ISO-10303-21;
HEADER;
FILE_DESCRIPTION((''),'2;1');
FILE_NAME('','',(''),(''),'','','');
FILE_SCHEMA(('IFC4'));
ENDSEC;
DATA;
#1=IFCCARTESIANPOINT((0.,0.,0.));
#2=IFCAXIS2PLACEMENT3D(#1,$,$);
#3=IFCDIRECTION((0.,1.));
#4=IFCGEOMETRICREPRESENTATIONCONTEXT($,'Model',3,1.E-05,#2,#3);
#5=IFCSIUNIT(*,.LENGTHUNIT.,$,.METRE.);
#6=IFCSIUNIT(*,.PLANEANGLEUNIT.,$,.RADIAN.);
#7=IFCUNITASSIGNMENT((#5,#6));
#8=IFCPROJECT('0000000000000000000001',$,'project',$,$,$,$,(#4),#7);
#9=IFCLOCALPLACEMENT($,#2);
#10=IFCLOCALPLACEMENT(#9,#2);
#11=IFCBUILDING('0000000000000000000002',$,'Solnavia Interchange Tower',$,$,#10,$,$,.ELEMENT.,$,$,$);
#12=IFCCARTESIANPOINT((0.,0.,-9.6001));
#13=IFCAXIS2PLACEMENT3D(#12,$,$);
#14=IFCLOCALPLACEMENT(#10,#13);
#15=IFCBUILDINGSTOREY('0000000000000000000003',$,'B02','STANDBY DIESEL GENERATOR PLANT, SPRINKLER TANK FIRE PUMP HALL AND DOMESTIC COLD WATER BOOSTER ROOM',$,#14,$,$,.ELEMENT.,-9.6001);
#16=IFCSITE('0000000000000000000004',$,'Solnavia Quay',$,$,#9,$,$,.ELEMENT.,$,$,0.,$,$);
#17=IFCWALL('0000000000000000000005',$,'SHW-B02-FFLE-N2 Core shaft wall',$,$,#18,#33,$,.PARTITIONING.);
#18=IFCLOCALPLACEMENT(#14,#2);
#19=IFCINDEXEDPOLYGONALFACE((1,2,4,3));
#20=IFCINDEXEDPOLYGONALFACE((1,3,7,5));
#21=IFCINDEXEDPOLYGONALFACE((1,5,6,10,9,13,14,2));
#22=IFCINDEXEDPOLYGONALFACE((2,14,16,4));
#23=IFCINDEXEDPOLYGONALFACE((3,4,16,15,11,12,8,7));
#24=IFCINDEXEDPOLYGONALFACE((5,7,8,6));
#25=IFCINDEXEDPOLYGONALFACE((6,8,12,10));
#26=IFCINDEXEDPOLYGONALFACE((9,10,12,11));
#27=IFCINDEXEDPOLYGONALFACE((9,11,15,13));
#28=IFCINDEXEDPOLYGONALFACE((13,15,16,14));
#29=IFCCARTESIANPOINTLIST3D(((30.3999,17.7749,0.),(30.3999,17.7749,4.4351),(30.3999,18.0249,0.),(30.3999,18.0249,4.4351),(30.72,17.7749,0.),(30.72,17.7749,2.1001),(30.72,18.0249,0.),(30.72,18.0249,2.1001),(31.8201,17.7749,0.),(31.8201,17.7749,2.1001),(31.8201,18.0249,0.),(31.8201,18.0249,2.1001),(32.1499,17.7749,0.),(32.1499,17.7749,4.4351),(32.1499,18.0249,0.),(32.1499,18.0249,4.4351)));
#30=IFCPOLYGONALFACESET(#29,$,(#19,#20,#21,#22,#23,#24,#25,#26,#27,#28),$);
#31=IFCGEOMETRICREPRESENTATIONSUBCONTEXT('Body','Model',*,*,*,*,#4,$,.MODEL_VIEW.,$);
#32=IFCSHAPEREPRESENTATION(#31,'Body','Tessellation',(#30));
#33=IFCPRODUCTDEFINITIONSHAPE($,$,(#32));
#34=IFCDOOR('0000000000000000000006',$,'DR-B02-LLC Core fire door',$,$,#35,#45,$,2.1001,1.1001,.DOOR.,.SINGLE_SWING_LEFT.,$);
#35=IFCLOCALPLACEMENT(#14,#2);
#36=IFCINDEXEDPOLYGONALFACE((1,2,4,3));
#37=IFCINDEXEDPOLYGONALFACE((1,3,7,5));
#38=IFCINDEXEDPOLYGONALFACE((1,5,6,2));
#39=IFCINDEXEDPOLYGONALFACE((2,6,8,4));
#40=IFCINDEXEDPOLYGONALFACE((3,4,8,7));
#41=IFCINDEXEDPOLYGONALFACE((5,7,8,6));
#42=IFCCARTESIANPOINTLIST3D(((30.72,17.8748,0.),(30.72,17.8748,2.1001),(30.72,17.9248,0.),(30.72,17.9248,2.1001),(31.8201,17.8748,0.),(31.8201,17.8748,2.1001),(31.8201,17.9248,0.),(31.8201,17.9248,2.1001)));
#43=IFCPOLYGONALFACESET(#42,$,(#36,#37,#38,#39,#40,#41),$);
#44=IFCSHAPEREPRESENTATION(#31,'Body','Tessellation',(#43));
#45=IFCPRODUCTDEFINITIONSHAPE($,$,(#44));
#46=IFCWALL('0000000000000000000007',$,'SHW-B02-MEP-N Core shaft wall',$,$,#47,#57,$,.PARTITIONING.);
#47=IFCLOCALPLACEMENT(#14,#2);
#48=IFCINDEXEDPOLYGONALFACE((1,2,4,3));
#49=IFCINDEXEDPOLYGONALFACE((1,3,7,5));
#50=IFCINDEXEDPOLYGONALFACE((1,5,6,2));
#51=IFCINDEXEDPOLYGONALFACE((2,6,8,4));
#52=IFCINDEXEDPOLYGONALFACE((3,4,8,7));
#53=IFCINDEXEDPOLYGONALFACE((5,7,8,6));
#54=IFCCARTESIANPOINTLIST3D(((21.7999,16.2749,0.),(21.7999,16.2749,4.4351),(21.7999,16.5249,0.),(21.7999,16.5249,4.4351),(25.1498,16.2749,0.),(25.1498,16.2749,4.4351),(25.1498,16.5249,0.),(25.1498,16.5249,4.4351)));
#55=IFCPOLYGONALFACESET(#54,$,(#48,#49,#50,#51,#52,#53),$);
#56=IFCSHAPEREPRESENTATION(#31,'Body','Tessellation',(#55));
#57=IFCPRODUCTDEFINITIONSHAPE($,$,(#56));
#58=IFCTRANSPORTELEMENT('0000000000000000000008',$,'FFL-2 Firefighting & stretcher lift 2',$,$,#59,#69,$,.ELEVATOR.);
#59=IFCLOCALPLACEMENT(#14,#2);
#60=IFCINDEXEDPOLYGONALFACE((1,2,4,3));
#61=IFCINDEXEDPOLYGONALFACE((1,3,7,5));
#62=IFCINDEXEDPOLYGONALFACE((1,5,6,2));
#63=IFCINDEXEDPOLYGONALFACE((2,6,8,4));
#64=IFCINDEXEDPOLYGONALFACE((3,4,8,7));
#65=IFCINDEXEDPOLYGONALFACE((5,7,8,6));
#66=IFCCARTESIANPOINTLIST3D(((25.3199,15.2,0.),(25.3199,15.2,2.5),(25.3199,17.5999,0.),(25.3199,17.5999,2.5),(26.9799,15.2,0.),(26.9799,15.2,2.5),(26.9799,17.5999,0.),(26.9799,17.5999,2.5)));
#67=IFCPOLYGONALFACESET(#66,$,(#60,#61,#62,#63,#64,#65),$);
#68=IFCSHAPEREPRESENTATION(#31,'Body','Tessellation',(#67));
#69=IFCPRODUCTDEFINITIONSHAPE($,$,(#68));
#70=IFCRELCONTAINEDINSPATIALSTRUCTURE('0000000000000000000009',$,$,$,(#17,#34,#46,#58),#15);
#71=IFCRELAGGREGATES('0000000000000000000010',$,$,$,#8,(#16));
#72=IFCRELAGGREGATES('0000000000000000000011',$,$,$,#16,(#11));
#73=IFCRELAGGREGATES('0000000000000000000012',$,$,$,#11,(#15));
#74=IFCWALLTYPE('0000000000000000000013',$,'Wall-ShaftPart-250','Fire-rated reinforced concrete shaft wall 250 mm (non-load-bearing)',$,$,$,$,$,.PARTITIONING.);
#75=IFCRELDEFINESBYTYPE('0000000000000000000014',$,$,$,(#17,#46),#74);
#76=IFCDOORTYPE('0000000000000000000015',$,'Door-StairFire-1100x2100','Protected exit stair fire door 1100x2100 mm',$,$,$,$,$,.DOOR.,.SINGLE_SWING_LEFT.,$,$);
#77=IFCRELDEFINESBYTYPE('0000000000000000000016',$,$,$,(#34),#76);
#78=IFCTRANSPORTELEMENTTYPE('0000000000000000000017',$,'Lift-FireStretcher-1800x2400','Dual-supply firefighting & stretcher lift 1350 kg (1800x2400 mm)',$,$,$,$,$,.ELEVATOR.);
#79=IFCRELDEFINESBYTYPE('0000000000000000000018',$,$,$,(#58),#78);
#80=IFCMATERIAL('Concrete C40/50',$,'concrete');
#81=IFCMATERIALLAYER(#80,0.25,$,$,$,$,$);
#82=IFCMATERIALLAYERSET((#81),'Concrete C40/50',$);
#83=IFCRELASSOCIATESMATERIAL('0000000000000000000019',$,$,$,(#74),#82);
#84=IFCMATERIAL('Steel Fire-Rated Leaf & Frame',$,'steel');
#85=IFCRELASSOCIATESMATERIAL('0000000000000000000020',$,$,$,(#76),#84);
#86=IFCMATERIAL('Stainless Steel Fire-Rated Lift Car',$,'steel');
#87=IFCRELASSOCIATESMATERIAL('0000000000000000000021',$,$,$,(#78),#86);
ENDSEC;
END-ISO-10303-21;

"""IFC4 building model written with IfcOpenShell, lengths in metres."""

from ifc_helpers import new_model, si_unit, direction, frame, frame_2d, origin, origin_2d, place, context, subcontext, project, spatial, rectangle, extrude, material, layer, layer_set, type_object, element, fill, save


model = new_model("IFC4")

# Units and contexts
model_context = context("Model", 3, precision=1e-05, world=origin(), true_north=direction((0.0, 1.0)))
body_context = subcontext(model_context, "Body", "Model", "MODEL_VIEW")
ifc_project = project(units=[si_unit("LENGTHUNIT", "METRE"), si_unit("PLANEANGLEUNIT", "RADIAN")], contexts=[model_context])

# Site, building, storey
site_placement = place(None, origin())
site = spatial("IfcSite", under=ifc_project, at=site_placement, Name="Solnavia Quay", CompositionType="ELEMENT", RefElevation=0.0)
building_placement = place(site_placement, origin())
building = spatial("IfcBuilding", under=site, at=building_placement, Name="Solnavia Interchange Tower", CompositionType="ELEMENT")
storey_placement = place(building_placement, frame((0.0, 0.0, -9.6001)))
storey = spatial("IfcBuildingStorey", under=building, at=storey_placement, Name="B02", Description="STANDBY DIESEL GENERATOR PLANT, SPRINKLER TANK FIRE PUMP HALL AND DOMESTIC COLD WATER BOOSTER ROOM", CompositionType="ELEMENT", Elevation=-9.6001)

# Shared definitions
ifc_material_1 = material(Name="Concrete C40/50", Category="concrete")

# Shared definitions
ifc_layer_1 = layer(ifc_material_1, 0.25)
ifc_layer_set_1 = layer_set([ifc_layer_1], Name="Concrete C40/50")
wall_type_1 = type_object("IfcWallType", Name="Wall-ShaftPart-250", Description="Fire-rated reinforced concrete shaft wall 250 mm (non-load-bearing)", PredefinedType="PARTITIONING", material=ifc_layer_set_1)

# Wall, opening, door
wall_1_placement = place(storey_placement, frame((30.3999, 17.8999, 0.0), z_axis=(0.0, 0.0, 1.0), x_axis=(1.0, 0.0, 0.0)))
wall_1 = element("IfcWall", 1, at=wall_1_placement, inside=storey, type_object=wall_type_1, Name="SHW-B02-FFLE-N2 Core shaft wall", PredefinedType="PARTITIONING", context=body_context, shape_type="SweptSolid", body=[
    extrude(rectangle(XDim=1.75, YDim=0.25, at=frame_2d((0.875, 0.0))), origin(), (0.0, 0.0, 1.0), 4.4351),
])
opening_placement = place(wall_1_placement, frame((0.3201, 0.0, 0.0)))
opening = element("IfcOpeningElement", 2, at=opening_placement, cuts=wall_1, PredefinedType="OPENING", context=body_context, shape_type="SweptSolid", body=[
    extrude(rectangle(XDim=1.1001, YDim=2.1001, at=frame_2d((0.55, 1.05))), frame((0.0, 0.135, 0.0), z_axis=(0.0, -1.0, 0.0), x_axis=(1.0, 0.0, 0.0)), (0.0, 0.0, 1.0), 0.27),
])
ifc_material_2 = material(Name="Steel Fire-Rated Leaf & Frame", Category="steel")
door_type = type_object("IfcDoorType", Name="Door-StairFire-1100x2100", Description="Protected exit stair fire door 1100x2100 mm", OperationType="SINGLE_SWING_LEFT", PredefinedType="DOOR", material=ifc_material_2)
door_placement = place(opening_placement, origin())
door = element("IfcDoor", 3, at=door_placement, inside=storey, type_object=door_type, Name="DR-B02-LLC Core fire door", OperationType="SINGLE_SWING_LEFT", OverallHeight=2.1001, OverallWidth=1.1001, PredefinedType="DOOR", context=body_context, shape_type="SweptSolid", body=[
    extrude(rectangle(XDim=1.1001, YDim=2.1001, at=frame_2d((0.55, 1.05))), frame((0.0, 0.0249, 0.0), z_axis=(0.0, -1.0, 0.0), x_axis=(1.0, 0.0, 0.0)), (0.0, 0.0, 1.0), 0.05),
])
fill(opening, door)

# Wall
wall_2_placement = place(storey_placement, frame((21.8, 16.3999, 0.0), z_axis=(0.0, 0.0, 1.0), x_axis=(1.0, 0.0, 0.0)))
element("IfcWall", 4, at=wall_2_placement, inside=storey, type_object=wall_type_1, Name="SHW-B02-MEP-N Core shaft wall", PredefinedType="PARTITIONING", context=body_context, shape_type="SweptSolid", body=[
    extrude(rectangle(XDim=3.3499, YDim=0.25, at=frame_2d((1.6748, 0.0))), origin(), (0.0, 0.0, 1.0), 4.4351),
])

# Transport element
ifc_material_3 = material(Name="Stainless Steel Fire-Rated Lift Car", Category="steel")
transport_element_type = type_object("IfcTransportElementType", Name="Lift-FireStretcher-1800x2400", Description="Dual-supply firefighting & stretcher lift 1350 kg (1800x2400 mm)", PredefinedType="ELEVATOR", material=ifc_material_3)
transport_element_placement = place(storey_placement, frame((26.1499, 16.3999, 0.0), z_axis=(0.0, 0.0, 1.0), x_axis=(1.0, 0.0, 0.0)))
element("IfcTransportElement", 5, at=transport_element_placement, inside=storey, type_object=transport_element_type, Name="FFL-2 Firefighting & stretcher lift 2", PredefinedType="ELEVATOR", context=body_context, shape_type="SweptSolid", body=[
    extrude(rectangle(XDim=1.6599, YDim=2.3999, at=origin_2d()), origin(), (0.0, 0.0, 1.0), 2.5),
])

save(model, "model.ifc")
